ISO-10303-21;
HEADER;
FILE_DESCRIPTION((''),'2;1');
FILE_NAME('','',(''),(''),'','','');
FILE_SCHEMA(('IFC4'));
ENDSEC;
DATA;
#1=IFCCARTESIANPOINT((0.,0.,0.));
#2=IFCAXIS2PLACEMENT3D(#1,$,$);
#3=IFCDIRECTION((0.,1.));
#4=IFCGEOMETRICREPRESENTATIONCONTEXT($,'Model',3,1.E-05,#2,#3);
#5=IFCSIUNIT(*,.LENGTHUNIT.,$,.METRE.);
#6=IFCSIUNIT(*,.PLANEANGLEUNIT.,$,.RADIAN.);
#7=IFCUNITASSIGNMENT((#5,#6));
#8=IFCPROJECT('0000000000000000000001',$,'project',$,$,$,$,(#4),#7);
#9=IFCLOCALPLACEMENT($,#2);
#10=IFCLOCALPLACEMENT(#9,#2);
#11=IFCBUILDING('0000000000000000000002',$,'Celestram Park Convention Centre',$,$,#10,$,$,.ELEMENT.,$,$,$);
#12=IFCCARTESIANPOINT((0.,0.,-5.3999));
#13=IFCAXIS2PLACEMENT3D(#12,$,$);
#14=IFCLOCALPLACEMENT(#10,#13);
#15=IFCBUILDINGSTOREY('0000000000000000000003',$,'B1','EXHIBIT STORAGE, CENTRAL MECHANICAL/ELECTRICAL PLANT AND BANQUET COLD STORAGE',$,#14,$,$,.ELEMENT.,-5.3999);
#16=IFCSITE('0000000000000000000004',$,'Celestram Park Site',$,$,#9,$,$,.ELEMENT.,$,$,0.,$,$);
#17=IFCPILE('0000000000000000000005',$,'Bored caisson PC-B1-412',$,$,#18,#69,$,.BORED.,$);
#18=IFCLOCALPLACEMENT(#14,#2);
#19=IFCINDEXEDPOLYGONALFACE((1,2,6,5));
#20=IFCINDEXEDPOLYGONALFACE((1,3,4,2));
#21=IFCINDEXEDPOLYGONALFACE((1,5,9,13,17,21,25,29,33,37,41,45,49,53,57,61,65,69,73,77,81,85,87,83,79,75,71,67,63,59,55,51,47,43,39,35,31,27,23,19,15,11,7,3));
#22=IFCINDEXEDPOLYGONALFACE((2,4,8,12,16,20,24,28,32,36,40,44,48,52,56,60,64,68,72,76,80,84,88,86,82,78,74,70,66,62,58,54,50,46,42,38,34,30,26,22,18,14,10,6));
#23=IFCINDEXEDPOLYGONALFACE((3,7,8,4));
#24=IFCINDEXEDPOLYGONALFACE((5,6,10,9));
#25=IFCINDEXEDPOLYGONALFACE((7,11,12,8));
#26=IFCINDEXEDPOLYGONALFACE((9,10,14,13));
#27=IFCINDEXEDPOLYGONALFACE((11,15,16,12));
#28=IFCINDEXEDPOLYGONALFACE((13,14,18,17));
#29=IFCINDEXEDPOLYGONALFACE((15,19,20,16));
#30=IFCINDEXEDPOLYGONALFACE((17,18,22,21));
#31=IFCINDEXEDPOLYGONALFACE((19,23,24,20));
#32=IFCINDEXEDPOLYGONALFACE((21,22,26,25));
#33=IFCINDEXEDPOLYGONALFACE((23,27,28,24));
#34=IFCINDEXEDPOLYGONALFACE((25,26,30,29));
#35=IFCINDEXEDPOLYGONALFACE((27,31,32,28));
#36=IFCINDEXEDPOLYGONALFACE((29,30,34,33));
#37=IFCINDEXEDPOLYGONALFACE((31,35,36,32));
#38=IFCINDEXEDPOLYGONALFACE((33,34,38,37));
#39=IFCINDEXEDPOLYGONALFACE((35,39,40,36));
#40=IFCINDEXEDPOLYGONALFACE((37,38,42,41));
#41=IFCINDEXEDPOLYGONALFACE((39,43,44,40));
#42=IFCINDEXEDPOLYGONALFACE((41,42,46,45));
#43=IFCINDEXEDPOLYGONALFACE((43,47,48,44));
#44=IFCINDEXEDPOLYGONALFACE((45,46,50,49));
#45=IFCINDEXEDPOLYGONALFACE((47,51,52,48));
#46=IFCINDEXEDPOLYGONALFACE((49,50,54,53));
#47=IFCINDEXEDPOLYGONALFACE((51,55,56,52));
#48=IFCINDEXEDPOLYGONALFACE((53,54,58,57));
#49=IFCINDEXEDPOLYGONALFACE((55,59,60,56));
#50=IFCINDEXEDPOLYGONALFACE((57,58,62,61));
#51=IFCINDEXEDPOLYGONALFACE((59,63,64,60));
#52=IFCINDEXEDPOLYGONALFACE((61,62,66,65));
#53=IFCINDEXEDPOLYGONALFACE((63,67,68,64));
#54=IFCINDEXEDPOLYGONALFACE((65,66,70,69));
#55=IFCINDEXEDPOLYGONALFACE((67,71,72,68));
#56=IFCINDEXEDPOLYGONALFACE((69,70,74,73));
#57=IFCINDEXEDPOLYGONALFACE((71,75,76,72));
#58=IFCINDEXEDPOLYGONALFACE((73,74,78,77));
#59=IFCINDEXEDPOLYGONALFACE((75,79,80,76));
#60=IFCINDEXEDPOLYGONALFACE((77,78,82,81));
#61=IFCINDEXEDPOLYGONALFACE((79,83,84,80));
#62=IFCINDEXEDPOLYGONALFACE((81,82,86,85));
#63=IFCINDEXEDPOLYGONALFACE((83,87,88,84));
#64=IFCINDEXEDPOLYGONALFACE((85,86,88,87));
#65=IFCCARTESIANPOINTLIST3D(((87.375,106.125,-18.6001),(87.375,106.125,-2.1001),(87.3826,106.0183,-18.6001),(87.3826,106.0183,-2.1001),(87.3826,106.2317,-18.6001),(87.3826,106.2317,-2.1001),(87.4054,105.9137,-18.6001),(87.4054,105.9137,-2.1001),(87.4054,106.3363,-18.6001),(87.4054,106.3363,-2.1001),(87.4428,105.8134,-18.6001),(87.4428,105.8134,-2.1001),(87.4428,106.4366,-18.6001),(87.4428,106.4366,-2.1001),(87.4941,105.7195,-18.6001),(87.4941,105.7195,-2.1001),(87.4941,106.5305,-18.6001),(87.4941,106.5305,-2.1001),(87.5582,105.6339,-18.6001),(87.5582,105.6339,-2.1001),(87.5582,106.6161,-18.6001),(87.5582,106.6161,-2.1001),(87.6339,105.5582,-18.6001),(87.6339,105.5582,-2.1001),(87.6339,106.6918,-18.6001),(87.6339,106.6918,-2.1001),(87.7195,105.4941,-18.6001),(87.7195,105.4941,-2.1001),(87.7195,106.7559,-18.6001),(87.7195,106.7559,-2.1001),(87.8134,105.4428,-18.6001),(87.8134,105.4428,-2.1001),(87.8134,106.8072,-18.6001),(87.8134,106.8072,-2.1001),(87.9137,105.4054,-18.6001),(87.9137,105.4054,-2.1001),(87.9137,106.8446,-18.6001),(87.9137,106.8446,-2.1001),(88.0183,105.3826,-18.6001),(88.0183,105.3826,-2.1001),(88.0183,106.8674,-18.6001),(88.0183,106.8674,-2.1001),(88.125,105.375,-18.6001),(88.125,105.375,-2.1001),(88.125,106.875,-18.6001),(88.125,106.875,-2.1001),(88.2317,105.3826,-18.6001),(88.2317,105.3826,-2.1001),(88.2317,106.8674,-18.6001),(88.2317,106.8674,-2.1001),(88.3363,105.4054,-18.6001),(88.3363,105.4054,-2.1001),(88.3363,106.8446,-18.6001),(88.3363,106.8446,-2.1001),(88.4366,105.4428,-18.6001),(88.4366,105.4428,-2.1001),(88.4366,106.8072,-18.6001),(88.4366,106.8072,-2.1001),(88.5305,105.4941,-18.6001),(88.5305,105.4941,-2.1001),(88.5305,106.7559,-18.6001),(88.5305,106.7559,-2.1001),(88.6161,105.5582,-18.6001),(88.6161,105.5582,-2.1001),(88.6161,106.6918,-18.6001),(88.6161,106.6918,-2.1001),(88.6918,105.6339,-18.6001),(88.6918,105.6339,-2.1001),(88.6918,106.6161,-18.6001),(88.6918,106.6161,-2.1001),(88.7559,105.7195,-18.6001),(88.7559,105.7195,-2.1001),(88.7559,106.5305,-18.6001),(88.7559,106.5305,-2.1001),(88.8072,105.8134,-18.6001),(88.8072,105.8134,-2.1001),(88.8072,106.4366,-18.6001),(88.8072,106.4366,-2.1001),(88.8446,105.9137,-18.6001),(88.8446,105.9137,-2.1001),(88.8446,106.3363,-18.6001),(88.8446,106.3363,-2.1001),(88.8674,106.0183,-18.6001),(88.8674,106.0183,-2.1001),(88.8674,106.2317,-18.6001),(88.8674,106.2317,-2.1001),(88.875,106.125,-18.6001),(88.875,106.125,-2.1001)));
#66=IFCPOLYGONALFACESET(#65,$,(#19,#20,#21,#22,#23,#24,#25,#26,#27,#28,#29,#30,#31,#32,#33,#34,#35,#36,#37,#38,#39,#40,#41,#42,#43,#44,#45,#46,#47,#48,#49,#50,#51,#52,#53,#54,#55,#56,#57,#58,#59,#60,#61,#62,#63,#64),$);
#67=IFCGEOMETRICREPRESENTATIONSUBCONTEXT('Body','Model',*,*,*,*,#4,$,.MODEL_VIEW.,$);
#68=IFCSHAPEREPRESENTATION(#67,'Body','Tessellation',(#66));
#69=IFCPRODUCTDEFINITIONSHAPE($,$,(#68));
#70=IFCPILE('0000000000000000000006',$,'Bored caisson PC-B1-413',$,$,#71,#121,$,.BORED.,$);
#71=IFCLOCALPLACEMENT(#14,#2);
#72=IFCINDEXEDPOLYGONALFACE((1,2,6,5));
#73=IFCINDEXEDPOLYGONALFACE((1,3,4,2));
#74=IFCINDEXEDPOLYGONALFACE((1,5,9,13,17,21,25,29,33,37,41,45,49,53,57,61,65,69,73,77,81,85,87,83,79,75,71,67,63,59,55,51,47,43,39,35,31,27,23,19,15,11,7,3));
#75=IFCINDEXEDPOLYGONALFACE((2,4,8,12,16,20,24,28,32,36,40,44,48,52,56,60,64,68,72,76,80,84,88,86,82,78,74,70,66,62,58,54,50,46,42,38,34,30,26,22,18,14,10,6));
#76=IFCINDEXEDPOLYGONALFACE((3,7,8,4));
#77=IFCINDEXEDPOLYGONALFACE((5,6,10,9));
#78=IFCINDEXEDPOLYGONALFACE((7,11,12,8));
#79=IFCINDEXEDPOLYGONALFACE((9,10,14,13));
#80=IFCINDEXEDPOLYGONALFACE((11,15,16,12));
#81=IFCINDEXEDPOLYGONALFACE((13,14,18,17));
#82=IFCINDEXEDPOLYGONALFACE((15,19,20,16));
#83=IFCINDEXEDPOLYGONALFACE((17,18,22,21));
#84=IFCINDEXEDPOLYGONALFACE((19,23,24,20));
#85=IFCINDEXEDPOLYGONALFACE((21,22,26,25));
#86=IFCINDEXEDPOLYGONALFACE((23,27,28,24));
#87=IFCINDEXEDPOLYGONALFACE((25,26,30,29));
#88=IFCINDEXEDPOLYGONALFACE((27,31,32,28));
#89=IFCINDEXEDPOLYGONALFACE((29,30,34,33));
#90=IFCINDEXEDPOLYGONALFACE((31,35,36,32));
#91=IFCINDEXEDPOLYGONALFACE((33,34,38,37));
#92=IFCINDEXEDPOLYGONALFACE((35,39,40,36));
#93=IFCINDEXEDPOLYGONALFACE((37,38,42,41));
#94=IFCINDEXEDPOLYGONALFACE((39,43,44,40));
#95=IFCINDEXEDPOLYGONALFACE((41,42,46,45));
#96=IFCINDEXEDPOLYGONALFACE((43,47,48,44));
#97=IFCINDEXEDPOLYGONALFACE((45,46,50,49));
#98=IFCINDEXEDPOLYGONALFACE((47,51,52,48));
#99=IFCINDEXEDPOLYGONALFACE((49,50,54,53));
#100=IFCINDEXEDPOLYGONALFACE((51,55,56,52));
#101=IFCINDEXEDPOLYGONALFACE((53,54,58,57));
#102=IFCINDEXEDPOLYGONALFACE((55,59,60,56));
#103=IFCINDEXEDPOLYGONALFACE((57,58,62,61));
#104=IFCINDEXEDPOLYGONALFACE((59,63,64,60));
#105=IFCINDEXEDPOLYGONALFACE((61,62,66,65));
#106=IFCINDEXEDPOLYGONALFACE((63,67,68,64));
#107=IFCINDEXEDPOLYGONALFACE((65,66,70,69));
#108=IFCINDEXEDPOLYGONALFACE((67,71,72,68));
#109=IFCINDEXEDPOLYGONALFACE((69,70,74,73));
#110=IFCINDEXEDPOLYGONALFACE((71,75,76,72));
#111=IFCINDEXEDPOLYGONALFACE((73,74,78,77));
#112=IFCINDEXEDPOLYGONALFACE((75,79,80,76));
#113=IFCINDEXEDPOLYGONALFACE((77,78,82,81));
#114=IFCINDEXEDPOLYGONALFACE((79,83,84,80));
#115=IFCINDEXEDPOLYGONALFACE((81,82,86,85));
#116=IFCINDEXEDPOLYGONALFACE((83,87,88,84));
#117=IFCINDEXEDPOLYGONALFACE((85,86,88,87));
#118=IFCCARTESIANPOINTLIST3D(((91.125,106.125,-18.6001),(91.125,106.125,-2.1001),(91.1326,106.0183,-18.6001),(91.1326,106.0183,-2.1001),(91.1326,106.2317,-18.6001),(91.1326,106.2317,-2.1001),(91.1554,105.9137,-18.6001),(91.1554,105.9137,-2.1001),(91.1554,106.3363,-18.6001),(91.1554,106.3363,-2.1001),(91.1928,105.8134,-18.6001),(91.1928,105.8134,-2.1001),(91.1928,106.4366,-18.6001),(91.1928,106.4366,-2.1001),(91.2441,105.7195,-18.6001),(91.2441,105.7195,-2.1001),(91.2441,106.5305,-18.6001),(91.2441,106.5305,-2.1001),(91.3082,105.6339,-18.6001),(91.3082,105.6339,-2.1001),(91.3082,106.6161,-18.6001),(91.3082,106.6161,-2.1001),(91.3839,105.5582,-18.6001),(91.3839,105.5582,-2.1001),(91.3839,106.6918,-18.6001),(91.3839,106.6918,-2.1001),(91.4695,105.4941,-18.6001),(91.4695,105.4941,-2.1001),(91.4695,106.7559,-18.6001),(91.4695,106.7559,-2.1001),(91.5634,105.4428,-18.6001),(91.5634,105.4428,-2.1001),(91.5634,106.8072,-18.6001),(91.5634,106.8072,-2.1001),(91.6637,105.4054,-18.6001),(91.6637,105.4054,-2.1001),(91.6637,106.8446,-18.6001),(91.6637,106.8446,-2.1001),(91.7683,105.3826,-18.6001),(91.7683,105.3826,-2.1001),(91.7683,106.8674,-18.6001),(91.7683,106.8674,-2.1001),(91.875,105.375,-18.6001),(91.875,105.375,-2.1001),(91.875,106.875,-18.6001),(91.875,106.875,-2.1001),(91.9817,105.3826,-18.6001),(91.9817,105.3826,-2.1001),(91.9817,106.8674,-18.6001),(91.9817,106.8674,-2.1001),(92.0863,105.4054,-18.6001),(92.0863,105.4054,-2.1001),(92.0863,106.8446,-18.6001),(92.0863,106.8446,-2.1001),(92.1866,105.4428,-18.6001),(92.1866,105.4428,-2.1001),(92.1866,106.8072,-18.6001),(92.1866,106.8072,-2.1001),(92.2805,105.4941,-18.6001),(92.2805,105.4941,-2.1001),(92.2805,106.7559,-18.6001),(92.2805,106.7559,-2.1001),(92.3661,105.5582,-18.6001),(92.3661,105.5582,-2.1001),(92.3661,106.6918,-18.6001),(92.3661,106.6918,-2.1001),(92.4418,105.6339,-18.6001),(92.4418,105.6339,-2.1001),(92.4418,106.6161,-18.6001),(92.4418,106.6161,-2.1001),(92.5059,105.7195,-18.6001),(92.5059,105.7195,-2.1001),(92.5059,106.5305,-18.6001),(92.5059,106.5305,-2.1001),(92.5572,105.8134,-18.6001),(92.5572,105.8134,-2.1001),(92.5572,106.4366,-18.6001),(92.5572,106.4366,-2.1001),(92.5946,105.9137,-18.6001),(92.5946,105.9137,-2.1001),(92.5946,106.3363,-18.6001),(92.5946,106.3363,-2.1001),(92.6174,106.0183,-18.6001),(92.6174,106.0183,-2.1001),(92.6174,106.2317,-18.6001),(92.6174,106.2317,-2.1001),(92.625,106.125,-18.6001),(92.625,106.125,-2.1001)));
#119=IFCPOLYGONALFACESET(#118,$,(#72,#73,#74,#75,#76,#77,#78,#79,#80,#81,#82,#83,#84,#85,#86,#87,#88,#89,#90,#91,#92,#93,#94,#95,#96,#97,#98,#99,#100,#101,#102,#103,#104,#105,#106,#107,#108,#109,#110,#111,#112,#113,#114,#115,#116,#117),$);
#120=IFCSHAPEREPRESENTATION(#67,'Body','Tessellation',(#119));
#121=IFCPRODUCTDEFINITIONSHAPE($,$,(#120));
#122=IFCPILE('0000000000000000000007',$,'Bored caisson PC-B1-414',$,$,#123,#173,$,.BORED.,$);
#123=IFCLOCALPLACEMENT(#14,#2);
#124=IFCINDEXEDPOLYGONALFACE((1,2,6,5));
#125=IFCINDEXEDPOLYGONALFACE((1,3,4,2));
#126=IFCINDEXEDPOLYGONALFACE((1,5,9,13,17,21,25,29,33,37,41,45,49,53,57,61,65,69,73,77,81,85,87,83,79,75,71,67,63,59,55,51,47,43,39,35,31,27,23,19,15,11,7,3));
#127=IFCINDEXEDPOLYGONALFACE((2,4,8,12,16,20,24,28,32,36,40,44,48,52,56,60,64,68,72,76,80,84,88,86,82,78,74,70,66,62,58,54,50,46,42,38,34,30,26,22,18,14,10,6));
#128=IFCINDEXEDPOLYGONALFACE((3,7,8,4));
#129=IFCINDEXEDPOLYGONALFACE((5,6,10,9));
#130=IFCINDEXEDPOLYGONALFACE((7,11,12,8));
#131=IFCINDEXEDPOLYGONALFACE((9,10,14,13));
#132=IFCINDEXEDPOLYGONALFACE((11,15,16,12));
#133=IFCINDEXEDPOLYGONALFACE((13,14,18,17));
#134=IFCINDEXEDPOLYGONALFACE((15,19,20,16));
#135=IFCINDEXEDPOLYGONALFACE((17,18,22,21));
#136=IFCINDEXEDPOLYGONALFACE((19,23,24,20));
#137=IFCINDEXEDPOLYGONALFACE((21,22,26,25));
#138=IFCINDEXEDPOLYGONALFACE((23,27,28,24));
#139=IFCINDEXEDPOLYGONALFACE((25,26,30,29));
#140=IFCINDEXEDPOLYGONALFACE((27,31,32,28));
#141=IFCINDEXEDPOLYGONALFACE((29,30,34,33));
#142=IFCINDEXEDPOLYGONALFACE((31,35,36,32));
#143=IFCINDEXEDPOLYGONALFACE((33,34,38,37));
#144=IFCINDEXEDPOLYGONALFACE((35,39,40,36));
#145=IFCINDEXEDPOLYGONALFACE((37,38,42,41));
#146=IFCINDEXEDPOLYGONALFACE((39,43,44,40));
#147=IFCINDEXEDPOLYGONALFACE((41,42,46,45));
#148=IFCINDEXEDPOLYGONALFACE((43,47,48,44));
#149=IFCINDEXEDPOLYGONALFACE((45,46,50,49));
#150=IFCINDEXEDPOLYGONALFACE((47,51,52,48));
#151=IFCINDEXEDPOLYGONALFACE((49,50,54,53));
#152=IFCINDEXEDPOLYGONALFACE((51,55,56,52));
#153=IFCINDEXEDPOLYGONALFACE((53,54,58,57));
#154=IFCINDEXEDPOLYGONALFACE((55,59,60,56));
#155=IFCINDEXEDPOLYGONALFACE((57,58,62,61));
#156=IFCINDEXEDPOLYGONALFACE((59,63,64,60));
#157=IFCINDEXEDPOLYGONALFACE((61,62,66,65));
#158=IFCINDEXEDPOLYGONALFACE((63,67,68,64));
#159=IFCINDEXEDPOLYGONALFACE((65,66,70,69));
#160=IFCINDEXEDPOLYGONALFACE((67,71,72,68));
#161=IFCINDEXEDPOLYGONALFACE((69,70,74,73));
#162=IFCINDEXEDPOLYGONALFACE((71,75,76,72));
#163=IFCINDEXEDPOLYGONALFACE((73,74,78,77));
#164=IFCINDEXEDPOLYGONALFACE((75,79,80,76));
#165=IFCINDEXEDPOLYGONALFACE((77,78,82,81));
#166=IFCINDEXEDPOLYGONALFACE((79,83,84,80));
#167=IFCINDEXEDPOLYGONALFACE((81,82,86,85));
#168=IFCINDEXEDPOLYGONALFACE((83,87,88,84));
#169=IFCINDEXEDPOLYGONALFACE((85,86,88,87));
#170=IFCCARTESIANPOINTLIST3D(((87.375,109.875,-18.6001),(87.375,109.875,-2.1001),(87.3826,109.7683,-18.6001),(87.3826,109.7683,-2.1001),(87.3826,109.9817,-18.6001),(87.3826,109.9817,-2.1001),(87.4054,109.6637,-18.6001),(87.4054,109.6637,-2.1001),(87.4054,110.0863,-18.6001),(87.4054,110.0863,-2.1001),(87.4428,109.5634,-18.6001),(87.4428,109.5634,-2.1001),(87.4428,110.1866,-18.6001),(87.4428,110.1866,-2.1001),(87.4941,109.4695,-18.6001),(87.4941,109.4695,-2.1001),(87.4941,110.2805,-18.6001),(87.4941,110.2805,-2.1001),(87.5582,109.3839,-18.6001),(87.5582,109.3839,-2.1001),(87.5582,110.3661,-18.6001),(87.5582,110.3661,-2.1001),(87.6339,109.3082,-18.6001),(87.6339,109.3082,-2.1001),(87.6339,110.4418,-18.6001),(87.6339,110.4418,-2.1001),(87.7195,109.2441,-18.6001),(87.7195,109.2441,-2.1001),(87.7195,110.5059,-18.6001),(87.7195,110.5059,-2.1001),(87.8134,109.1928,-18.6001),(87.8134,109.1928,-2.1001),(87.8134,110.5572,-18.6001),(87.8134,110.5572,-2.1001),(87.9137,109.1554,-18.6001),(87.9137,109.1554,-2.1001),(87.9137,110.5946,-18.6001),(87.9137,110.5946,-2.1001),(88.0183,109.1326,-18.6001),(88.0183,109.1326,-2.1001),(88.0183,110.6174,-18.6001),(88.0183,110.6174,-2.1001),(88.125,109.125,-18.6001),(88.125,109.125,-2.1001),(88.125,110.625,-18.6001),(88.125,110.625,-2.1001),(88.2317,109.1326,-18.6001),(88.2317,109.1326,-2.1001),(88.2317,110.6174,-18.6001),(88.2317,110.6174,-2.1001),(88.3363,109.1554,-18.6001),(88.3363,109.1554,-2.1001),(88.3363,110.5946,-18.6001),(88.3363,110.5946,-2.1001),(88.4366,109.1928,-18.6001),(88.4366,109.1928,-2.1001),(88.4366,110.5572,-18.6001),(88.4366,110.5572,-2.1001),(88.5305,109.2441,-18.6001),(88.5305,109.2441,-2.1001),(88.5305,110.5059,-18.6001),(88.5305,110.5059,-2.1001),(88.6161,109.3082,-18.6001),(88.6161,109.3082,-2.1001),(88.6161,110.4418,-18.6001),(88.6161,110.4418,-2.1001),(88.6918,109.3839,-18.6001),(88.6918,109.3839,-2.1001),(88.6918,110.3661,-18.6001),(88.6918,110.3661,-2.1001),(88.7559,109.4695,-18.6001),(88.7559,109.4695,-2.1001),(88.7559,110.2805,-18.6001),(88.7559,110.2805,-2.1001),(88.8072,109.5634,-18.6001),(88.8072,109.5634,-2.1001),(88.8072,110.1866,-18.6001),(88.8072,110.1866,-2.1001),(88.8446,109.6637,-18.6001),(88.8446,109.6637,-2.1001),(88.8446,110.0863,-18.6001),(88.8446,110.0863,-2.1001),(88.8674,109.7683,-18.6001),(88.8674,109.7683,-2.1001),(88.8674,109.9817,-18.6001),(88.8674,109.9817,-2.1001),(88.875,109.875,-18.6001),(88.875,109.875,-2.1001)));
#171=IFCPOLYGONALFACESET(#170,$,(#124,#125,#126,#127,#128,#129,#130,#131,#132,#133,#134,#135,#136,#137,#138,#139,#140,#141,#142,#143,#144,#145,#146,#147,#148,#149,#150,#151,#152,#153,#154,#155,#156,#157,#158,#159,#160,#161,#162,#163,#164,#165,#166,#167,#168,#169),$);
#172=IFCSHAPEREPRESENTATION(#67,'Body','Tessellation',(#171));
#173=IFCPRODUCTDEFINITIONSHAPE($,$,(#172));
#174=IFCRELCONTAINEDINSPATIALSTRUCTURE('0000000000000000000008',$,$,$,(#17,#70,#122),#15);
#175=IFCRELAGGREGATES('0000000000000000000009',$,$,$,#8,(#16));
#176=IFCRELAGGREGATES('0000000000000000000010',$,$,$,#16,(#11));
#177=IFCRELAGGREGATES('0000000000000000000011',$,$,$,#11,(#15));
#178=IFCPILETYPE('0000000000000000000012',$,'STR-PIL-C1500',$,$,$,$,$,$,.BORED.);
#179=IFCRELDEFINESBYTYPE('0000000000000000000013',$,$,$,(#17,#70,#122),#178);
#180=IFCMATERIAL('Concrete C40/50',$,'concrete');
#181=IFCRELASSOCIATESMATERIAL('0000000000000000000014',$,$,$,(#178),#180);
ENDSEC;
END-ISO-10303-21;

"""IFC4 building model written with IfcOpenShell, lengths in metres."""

from ifc_helpers import new_model, si_unit, direction, frame, origin, origin_2d, place, context, subcontext, project, spatial, circle, extrude, material, material_profile, profile_set, type_object, element, save


model = new_model("IFC4")

# Units and contexts
model_context = context("Model", 3, precision=1e-05, world=origin(), true_north=direction((0.0, 1.0)))
body_context = subcontext(model_context, "Body", "Model", "MODEL_VIEW")
ifc_project = project(units=[si_unit("LENGTHUNIT", "METRE"), si_unit("PLANEANGLEUNIT", "RADIAN")], contexts=[model_context])

# Site, building, storey
site_placement = place(None, origin())
site = spatial("IfcSite", under=ifc_project, at=site_placement, Name="Celestram Park Site", CompositionType="ELEMENT", RefElevation=0.0)
building_placement = place(site_placement, origin())
building = spatial("IfcBuilding", under=site, at=building_placement, Name="Celestram Park Convention Centre", CompositionType="ELEMENT")
storey_placement = place(building_placement, frame((0.0, 0.0, -5.3999)))
storey = spatial("IfcBuildingStorey", under=building, at=storey_placement, Name="B1", Description="EXHIBIT STORAGE, CENTRAL MECHANICAL/ELECTRICAL PLANT AND BANQUET COLD STORAGE", CompositionType="ELEMENT", Elevation=-5.3999)

# Shared definitions
ifc_material_1 = material(Name="Concrete C40/50", Category="concrete")

# Piles
ifc_material_profile_1 = material_profile(ifc_material_1, circle(Radius=0.75, at=origin_2d()), Name="CAISSON1500")
ifc_profile_set_1 = profile_set([ifc_material_profile_1], Name="Concrete C40/50")
pile_type_1 = type_object("IfcPileType", Name="STR-PIL-C1500", PredefinedType="BORED", material=ifc_profile_set_1)
for number, where, z_axis, x_axis, name in (
    (1, (88.125, 106.125, -2.1001), (0.0, 0.0, -1.0), (1.0, 0.0, 0.0), "Bored caisson PC-B1-412"),
    (2, (91.875, 106.125, -2.1001), (0.0, 0.0, -1.0), (1.0, 0.0, 0.0), "Bored caisson PC-B1-413"),
    (3, (88.125, 109.875, -2.1001), (0.0, 0.0, -1.0), (1.0, 0.0, 0.0), "Bored caisson PC-B1-414"),
):
    element("IfcPile", number, at=place(storey_placement, frame(where, z_axis=z_axis, x_axis=x_axis)), inside=storey, type_object=pile_type_1, Name=name, PredefinedType="BORED", context=body_context, shape_type="SweptSolid", body=[
        extrude(circle(Radius=0.75, at=origin_2d()), origin(), (0.0, 0.0, 1.0), 16.5),
    ])

save(model, "model.ifc")
